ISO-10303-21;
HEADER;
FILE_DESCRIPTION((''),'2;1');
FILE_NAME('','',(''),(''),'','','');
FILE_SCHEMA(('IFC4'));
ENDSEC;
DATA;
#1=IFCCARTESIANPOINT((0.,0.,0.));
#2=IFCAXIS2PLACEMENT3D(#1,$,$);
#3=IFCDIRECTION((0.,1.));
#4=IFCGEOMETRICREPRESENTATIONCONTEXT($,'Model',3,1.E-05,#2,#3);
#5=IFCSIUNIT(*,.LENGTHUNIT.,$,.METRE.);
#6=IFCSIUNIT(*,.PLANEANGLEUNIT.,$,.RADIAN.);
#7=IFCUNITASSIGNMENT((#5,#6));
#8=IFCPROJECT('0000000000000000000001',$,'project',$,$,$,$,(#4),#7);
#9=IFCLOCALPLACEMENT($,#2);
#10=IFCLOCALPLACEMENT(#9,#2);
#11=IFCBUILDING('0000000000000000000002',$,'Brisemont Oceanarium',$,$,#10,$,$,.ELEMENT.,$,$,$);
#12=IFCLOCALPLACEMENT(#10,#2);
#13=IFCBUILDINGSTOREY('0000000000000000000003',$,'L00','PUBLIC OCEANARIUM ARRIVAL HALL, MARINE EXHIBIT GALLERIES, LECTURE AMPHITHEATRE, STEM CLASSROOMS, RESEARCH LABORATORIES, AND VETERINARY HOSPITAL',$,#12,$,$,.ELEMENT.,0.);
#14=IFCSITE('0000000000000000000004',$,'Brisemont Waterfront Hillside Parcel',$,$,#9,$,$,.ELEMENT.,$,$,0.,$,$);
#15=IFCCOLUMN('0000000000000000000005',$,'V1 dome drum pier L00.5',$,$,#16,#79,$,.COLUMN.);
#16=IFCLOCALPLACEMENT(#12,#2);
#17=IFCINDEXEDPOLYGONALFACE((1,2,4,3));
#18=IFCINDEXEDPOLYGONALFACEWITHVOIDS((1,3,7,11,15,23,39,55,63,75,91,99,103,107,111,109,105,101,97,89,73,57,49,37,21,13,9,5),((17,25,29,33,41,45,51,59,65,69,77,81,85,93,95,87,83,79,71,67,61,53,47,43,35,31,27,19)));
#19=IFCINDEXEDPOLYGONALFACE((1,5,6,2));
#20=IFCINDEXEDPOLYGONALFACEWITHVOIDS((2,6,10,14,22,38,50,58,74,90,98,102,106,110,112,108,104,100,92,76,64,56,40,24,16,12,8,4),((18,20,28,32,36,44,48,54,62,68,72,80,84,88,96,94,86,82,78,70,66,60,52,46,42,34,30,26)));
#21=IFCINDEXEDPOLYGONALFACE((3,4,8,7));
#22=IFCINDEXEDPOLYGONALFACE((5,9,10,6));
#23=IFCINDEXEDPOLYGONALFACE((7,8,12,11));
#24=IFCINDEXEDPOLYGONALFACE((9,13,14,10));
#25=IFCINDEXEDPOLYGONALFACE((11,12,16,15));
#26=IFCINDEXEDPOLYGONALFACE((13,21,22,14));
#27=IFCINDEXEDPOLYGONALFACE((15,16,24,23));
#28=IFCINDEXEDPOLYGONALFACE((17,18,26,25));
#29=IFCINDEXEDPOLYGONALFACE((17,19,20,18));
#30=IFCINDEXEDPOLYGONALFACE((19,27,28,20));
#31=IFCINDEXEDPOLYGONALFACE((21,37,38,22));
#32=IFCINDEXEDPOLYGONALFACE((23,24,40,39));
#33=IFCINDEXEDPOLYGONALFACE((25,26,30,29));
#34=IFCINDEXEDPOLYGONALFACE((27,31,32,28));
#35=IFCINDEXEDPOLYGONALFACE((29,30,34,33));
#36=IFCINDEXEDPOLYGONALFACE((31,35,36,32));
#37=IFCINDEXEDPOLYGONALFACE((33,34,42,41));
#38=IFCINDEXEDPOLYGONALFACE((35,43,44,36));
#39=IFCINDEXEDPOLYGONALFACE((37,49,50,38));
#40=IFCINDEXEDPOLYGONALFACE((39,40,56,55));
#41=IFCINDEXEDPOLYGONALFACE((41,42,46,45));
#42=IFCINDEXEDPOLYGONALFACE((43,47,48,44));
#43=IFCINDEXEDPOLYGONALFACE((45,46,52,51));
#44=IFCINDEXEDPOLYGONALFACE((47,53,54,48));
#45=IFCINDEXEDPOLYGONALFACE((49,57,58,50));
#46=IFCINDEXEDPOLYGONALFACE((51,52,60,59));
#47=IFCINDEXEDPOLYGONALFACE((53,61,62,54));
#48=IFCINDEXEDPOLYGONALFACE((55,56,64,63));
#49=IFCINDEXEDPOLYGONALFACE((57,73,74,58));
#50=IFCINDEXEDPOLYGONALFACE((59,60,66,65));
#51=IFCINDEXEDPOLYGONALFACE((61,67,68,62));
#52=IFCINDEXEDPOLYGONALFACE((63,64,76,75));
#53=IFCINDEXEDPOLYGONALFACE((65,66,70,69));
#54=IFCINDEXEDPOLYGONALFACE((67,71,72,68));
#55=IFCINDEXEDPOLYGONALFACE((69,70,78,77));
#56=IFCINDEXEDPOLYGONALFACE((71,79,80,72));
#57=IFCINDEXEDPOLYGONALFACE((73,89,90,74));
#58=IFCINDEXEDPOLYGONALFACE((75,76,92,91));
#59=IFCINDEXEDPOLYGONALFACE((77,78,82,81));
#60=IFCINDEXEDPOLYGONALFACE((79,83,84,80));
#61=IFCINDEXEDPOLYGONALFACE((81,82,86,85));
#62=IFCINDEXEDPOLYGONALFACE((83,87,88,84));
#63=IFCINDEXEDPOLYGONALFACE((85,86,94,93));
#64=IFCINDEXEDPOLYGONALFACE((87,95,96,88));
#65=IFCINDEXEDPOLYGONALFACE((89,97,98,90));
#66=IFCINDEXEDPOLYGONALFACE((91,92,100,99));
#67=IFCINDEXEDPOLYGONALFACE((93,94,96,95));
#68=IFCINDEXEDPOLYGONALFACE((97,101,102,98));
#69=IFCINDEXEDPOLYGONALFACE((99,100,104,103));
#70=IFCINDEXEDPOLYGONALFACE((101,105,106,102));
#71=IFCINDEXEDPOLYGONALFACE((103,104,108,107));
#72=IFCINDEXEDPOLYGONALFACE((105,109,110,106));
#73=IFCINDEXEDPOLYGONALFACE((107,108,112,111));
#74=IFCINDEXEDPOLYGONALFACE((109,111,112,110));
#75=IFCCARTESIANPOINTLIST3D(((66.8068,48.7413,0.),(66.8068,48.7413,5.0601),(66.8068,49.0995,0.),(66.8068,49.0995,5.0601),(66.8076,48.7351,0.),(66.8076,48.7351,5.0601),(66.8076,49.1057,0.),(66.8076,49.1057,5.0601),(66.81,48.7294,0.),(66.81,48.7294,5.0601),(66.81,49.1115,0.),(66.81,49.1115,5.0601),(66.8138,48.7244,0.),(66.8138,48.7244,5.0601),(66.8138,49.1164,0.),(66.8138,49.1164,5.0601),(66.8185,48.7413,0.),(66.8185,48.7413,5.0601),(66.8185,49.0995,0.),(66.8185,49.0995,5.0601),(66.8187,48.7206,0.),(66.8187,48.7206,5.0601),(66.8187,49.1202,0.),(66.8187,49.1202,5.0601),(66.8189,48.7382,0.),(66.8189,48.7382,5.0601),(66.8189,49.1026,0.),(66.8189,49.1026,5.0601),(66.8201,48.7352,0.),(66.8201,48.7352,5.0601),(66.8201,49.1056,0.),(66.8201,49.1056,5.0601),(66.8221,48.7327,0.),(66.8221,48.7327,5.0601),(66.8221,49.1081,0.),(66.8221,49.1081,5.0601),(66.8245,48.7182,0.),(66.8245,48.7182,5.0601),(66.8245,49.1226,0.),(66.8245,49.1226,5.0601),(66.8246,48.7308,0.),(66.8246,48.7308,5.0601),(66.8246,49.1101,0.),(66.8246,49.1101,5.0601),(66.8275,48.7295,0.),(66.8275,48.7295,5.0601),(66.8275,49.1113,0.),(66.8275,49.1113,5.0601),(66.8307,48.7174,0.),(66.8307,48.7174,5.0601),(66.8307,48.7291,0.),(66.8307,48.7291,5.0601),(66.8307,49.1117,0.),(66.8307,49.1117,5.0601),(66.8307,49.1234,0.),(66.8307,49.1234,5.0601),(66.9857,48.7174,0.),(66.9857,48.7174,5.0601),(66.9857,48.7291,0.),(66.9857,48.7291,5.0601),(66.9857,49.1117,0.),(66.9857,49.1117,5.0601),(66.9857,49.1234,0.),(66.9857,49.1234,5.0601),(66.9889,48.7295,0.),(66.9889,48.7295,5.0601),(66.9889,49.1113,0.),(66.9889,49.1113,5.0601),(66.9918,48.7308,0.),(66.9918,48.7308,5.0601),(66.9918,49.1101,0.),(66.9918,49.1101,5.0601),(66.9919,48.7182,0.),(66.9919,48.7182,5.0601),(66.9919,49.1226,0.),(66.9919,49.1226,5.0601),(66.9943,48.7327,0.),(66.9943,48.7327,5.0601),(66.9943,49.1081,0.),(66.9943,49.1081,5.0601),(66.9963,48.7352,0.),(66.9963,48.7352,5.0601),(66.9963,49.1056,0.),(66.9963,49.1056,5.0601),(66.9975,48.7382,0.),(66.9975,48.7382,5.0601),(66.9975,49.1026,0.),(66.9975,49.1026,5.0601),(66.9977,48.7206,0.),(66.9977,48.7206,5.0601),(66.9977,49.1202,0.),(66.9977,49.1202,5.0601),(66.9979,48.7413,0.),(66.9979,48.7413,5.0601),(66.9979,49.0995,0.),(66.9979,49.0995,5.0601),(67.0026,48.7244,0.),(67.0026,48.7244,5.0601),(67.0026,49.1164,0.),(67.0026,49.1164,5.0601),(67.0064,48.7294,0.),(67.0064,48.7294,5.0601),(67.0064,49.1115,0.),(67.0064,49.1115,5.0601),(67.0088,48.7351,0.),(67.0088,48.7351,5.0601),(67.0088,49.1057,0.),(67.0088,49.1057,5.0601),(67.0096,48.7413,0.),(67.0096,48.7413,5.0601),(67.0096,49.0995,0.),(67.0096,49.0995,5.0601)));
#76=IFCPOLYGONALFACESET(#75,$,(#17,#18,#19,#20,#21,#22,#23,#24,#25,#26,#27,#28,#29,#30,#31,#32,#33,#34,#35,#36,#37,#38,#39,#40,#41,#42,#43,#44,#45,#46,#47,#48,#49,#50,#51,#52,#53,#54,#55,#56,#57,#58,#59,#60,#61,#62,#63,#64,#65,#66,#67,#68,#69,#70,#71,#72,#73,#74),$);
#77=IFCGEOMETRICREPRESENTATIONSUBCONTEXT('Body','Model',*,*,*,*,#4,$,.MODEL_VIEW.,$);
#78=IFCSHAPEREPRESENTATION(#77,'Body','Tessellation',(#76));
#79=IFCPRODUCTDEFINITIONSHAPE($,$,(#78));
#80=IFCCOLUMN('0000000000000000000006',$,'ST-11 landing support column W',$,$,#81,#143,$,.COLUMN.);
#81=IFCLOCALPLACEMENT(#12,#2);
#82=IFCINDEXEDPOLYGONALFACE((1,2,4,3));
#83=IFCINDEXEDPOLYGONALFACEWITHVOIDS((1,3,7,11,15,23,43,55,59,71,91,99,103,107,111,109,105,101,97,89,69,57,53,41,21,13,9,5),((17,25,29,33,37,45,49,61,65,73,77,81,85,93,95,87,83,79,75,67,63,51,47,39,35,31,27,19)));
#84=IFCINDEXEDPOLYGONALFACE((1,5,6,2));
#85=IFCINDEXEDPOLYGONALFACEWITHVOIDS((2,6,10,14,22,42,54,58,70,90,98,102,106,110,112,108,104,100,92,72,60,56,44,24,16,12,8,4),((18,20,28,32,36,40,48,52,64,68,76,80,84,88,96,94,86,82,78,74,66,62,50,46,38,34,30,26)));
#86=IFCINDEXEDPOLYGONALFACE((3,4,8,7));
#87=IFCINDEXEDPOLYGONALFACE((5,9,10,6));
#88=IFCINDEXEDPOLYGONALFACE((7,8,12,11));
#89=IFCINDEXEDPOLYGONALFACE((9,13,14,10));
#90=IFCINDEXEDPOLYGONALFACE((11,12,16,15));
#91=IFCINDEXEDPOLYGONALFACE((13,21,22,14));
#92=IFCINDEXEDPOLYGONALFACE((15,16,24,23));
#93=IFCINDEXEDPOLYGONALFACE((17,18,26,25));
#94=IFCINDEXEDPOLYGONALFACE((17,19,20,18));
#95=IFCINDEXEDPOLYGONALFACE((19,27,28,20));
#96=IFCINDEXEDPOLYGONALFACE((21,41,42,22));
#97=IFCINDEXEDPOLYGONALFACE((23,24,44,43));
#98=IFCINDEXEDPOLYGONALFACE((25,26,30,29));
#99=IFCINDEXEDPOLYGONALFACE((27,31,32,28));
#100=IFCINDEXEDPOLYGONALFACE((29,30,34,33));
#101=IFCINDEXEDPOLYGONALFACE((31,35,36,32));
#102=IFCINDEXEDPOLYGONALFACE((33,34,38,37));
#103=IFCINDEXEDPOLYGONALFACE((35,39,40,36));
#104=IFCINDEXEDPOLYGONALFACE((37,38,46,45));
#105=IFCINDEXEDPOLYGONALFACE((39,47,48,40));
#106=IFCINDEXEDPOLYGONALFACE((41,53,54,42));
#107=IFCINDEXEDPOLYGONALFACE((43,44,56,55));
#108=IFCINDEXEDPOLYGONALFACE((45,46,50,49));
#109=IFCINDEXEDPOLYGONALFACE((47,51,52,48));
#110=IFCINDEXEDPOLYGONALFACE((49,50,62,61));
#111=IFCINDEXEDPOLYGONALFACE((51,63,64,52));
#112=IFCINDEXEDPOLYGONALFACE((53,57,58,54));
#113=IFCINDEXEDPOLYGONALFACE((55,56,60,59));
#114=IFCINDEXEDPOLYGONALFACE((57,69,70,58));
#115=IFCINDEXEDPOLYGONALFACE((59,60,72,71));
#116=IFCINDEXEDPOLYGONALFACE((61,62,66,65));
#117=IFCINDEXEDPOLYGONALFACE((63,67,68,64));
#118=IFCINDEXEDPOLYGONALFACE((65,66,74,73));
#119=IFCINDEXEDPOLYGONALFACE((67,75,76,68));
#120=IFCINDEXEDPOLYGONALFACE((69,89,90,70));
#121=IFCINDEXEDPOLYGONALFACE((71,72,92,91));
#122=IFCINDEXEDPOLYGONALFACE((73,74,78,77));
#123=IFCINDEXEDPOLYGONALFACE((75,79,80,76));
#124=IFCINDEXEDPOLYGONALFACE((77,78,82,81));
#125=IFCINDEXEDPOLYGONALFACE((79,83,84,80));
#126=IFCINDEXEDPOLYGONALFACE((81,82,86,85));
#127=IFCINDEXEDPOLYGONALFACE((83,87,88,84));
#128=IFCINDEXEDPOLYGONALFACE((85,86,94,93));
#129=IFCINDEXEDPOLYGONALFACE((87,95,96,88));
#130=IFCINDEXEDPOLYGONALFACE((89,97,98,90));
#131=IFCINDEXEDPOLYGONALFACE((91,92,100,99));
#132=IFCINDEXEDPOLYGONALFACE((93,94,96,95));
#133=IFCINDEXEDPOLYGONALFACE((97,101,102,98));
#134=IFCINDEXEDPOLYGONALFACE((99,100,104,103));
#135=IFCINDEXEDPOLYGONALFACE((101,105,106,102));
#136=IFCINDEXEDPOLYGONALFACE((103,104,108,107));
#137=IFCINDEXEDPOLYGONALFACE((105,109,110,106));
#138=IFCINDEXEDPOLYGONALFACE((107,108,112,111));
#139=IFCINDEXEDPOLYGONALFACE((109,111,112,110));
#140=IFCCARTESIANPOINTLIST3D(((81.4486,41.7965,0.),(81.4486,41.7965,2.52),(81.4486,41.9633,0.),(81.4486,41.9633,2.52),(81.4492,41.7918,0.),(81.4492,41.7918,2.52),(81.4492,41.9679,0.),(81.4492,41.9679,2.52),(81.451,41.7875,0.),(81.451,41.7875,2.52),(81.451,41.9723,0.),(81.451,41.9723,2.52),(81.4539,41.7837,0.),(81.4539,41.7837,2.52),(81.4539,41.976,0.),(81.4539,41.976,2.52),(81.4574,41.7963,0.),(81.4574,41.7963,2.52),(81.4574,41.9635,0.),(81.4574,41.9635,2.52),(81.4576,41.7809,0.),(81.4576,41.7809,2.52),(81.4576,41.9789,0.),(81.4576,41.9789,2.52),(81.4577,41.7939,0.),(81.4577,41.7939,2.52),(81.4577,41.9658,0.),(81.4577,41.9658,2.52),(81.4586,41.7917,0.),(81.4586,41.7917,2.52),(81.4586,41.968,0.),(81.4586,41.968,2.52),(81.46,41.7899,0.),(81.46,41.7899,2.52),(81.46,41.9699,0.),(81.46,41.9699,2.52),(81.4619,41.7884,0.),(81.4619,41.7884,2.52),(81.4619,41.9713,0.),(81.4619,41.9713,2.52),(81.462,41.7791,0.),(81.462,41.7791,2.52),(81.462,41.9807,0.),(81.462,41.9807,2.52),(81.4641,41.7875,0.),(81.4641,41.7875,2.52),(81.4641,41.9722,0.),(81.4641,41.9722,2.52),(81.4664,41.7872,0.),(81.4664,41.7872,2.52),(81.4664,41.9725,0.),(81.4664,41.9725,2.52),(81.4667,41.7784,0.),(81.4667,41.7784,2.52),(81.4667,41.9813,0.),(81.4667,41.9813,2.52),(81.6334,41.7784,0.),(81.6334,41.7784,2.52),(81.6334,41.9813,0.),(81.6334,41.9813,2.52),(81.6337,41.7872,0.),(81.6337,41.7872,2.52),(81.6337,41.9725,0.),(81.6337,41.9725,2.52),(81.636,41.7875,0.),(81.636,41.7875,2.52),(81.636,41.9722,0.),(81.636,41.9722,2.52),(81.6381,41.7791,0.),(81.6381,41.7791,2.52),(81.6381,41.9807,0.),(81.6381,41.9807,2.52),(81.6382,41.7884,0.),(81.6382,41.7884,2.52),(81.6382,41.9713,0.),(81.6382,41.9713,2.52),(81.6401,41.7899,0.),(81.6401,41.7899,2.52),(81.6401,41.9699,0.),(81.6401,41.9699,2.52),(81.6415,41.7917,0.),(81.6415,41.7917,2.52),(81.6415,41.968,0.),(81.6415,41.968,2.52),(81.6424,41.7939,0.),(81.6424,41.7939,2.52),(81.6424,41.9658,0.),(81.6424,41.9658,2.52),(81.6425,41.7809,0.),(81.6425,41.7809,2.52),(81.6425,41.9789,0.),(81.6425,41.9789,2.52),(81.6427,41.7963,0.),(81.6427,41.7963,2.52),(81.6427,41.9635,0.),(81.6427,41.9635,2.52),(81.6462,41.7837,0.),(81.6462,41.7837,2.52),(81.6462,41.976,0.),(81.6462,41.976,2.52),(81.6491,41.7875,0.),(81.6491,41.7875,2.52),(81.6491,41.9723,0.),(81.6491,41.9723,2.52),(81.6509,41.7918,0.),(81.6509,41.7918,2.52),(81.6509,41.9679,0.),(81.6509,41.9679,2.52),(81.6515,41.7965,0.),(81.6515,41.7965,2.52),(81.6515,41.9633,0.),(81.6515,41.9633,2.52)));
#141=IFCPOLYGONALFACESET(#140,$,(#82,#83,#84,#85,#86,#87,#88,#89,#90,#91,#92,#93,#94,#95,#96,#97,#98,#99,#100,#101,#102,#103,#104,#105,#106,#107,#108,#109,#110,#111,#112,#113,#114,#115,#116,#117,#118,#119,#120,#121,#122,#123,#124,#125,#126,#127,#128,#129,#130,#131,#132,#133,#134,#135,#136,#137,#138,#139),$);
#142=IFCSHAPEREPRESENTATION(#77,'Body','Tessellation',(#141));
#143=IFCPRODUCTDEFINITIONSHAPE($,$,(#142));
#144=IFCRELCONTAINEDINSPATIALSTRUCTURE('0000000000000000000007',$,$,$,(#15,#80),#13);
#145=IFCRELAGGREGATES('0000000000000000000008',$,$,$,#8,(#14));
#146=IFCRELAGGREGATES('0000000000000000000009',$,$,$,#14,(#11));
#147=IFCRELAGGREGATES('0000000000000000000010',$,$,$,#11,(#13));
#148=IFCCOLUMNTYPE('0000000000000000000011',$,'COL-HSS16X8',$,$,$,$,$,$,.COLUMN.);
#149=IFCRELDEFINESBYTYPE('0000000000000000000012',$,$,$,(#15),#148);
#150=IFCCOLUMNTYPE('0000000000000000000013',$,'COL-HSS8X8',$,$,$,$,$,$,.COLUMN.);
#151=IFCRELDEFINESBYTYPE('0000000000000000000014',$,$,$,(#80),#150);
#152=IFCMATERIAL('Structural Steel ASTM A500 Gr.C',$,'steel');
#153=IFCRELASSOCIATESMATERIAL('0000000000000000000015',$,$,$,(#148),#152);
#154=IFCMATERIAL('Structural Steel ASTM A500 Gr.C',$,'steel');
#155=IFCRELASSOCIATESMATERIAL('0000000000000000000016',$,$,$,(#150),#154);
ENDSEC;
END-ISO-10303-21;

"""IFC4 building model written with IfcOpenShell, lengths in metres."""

from ifc_helpers import new_model, si_unit, direction, frame, origin, origin_2d, place, context, subcontext, project, spatial, hollow_rectangle, extrude, material, material_profile, profile_set, type_object, element, save


model = new_model("IFC4")

# Units and contexts
model_context = context("Model", 3, precision=1e-05, world=origin(), true_north=direction((0.0, 1.0)))
body_context = subcontext(model_context, "Body", "Model", "MODEL_VIEW")
ifc_project = project(units=[si_unit("LENGTHUNIT", "METRE"), si_unit("PLANEANGLEUNIT", "RADIAN")], contexts=[model_context])

# Site, building, storey
site_placement = place(None, origin())
site = spatial("IfcSite", under=ifc_project, at=site_placement, Name="Brisemont Waterfront Hillside Parcel", CompositionType="ELEMENT", RefElevation=0.0)
building_placement = place(site_placement, origin())
building = spatial("IfcBuilding", under=site, at=building_placement, Name="Brisemont Oceanarium", CompositionType="ELEMENT")
storey_placement = place(building_placement, origin())
storey = spatial("IfcBuildingStorey", under=building, at=storey_placement, Name="L00", Description="PUBLIC OCEANARIUM ARRIVAL HALL, MARINE EXHIBIT GALLERIES, LECTURE AMPHITHEATRE, STEM CLASSROOMS, RESEARCH LABORATORIES, AND VETERINARY HOSPITAL", CompositionType="ELEMENT", Elevation=0.0)

# Columns
ifc_material_1 = material(Name="Structural Steel ASTM A500 Gr.C", Category="steel")
ifc_material_profile_1 = material_profile(ifc_material_1, hollow_rectangle(XDim=0.2029, YDim=0.406, WallThickness=0.0117, InnerFilletRadius=0.0122, OuterFilletRadius=0.0239, at=origin_2d()), Name="HSS16X8X1/2")
ifc_profile_set_1 = profile_set([ifc_material_profile_1], Name="Structural Steel ASTM A500 Gr.C")
column_type_1 = type_object("IfcColumnType", Name="COL-HSS16X8", PredefinedType="COLUMN", material=ifc_profile_set_1)
column_1_placement = place(storey_placement, frame((66.9082, 48.9204, 0.0), z_axis=(0.0, 0.0, 1.0), x_axis=(1.0, 0.0, 0.0)))
element("IfcColumn", 1, at=column_1_placement, inside=storey, type_object=column_type_1, Name="V1 dome drum pier L00.5", PredefinedType="COLUMN", context=body_context, shape_type="SweptSolid", body=[
    extrude(hollow_rectangle(XDim=0.2029, YDim=0.406, WallThickness=0.0117, InnerFilletRadius=0.0122, OuterFilletRadius=0.0239, at=origin_2d()), origin(), (0.0, 0.0, 1.0), 5.0601),
])
ifc_material_2 = material(Name="Structural Steel ASTM A500 Gr.C", Category="steel")
ifc_material_profile_2 = material_profile(ifc_material_2, hollow_rectangle(XDim=0.2029, YDim=0.2029, WallThickness=0.0088, InnerFilletRadius=0.009, OuterFilletRadius=0.0181, at=origin_2d()), Name="HSS8X8X3/8")
ifc_profile_set_2 = profile_set([ifc_material_profile_2], Name="Structural Steel ASTM A500 Gr.C")
column_type_2 = type_object("IfcColumnType", Name="COL-HSS8X8", PredefinedType="COLUMN", material=ifc_profile_set_2)
for number, where, z_axis, x_axis, name in (
    (2, (81.55, 41.8799, 0.0), (0.0, 0.0, 1.0), (1.0, 0.0, 0.0), "ST-11 landing support column W"),
):
    element("IfcColumn", number, at=place(storey_placement, frame(where, z_axis=z_axis, x_axis=x_axis)), inside=storey, type_object=column_type_2, Name=name, PredefinedType="COLUMN", context=body_context, shape_type="SweptSolid", body=[
        extrude(hollow_rectangle(XDim=0.2029, YDim=0.2029, WallThickness=0.0088, InnerFilletRadius=0.009, OuterFilletRadius=0.0181, at=origin_2d()), origin(), (0.0, 0.0, 1.0), 2.52),
    ])

save(model, "model.ifc")
